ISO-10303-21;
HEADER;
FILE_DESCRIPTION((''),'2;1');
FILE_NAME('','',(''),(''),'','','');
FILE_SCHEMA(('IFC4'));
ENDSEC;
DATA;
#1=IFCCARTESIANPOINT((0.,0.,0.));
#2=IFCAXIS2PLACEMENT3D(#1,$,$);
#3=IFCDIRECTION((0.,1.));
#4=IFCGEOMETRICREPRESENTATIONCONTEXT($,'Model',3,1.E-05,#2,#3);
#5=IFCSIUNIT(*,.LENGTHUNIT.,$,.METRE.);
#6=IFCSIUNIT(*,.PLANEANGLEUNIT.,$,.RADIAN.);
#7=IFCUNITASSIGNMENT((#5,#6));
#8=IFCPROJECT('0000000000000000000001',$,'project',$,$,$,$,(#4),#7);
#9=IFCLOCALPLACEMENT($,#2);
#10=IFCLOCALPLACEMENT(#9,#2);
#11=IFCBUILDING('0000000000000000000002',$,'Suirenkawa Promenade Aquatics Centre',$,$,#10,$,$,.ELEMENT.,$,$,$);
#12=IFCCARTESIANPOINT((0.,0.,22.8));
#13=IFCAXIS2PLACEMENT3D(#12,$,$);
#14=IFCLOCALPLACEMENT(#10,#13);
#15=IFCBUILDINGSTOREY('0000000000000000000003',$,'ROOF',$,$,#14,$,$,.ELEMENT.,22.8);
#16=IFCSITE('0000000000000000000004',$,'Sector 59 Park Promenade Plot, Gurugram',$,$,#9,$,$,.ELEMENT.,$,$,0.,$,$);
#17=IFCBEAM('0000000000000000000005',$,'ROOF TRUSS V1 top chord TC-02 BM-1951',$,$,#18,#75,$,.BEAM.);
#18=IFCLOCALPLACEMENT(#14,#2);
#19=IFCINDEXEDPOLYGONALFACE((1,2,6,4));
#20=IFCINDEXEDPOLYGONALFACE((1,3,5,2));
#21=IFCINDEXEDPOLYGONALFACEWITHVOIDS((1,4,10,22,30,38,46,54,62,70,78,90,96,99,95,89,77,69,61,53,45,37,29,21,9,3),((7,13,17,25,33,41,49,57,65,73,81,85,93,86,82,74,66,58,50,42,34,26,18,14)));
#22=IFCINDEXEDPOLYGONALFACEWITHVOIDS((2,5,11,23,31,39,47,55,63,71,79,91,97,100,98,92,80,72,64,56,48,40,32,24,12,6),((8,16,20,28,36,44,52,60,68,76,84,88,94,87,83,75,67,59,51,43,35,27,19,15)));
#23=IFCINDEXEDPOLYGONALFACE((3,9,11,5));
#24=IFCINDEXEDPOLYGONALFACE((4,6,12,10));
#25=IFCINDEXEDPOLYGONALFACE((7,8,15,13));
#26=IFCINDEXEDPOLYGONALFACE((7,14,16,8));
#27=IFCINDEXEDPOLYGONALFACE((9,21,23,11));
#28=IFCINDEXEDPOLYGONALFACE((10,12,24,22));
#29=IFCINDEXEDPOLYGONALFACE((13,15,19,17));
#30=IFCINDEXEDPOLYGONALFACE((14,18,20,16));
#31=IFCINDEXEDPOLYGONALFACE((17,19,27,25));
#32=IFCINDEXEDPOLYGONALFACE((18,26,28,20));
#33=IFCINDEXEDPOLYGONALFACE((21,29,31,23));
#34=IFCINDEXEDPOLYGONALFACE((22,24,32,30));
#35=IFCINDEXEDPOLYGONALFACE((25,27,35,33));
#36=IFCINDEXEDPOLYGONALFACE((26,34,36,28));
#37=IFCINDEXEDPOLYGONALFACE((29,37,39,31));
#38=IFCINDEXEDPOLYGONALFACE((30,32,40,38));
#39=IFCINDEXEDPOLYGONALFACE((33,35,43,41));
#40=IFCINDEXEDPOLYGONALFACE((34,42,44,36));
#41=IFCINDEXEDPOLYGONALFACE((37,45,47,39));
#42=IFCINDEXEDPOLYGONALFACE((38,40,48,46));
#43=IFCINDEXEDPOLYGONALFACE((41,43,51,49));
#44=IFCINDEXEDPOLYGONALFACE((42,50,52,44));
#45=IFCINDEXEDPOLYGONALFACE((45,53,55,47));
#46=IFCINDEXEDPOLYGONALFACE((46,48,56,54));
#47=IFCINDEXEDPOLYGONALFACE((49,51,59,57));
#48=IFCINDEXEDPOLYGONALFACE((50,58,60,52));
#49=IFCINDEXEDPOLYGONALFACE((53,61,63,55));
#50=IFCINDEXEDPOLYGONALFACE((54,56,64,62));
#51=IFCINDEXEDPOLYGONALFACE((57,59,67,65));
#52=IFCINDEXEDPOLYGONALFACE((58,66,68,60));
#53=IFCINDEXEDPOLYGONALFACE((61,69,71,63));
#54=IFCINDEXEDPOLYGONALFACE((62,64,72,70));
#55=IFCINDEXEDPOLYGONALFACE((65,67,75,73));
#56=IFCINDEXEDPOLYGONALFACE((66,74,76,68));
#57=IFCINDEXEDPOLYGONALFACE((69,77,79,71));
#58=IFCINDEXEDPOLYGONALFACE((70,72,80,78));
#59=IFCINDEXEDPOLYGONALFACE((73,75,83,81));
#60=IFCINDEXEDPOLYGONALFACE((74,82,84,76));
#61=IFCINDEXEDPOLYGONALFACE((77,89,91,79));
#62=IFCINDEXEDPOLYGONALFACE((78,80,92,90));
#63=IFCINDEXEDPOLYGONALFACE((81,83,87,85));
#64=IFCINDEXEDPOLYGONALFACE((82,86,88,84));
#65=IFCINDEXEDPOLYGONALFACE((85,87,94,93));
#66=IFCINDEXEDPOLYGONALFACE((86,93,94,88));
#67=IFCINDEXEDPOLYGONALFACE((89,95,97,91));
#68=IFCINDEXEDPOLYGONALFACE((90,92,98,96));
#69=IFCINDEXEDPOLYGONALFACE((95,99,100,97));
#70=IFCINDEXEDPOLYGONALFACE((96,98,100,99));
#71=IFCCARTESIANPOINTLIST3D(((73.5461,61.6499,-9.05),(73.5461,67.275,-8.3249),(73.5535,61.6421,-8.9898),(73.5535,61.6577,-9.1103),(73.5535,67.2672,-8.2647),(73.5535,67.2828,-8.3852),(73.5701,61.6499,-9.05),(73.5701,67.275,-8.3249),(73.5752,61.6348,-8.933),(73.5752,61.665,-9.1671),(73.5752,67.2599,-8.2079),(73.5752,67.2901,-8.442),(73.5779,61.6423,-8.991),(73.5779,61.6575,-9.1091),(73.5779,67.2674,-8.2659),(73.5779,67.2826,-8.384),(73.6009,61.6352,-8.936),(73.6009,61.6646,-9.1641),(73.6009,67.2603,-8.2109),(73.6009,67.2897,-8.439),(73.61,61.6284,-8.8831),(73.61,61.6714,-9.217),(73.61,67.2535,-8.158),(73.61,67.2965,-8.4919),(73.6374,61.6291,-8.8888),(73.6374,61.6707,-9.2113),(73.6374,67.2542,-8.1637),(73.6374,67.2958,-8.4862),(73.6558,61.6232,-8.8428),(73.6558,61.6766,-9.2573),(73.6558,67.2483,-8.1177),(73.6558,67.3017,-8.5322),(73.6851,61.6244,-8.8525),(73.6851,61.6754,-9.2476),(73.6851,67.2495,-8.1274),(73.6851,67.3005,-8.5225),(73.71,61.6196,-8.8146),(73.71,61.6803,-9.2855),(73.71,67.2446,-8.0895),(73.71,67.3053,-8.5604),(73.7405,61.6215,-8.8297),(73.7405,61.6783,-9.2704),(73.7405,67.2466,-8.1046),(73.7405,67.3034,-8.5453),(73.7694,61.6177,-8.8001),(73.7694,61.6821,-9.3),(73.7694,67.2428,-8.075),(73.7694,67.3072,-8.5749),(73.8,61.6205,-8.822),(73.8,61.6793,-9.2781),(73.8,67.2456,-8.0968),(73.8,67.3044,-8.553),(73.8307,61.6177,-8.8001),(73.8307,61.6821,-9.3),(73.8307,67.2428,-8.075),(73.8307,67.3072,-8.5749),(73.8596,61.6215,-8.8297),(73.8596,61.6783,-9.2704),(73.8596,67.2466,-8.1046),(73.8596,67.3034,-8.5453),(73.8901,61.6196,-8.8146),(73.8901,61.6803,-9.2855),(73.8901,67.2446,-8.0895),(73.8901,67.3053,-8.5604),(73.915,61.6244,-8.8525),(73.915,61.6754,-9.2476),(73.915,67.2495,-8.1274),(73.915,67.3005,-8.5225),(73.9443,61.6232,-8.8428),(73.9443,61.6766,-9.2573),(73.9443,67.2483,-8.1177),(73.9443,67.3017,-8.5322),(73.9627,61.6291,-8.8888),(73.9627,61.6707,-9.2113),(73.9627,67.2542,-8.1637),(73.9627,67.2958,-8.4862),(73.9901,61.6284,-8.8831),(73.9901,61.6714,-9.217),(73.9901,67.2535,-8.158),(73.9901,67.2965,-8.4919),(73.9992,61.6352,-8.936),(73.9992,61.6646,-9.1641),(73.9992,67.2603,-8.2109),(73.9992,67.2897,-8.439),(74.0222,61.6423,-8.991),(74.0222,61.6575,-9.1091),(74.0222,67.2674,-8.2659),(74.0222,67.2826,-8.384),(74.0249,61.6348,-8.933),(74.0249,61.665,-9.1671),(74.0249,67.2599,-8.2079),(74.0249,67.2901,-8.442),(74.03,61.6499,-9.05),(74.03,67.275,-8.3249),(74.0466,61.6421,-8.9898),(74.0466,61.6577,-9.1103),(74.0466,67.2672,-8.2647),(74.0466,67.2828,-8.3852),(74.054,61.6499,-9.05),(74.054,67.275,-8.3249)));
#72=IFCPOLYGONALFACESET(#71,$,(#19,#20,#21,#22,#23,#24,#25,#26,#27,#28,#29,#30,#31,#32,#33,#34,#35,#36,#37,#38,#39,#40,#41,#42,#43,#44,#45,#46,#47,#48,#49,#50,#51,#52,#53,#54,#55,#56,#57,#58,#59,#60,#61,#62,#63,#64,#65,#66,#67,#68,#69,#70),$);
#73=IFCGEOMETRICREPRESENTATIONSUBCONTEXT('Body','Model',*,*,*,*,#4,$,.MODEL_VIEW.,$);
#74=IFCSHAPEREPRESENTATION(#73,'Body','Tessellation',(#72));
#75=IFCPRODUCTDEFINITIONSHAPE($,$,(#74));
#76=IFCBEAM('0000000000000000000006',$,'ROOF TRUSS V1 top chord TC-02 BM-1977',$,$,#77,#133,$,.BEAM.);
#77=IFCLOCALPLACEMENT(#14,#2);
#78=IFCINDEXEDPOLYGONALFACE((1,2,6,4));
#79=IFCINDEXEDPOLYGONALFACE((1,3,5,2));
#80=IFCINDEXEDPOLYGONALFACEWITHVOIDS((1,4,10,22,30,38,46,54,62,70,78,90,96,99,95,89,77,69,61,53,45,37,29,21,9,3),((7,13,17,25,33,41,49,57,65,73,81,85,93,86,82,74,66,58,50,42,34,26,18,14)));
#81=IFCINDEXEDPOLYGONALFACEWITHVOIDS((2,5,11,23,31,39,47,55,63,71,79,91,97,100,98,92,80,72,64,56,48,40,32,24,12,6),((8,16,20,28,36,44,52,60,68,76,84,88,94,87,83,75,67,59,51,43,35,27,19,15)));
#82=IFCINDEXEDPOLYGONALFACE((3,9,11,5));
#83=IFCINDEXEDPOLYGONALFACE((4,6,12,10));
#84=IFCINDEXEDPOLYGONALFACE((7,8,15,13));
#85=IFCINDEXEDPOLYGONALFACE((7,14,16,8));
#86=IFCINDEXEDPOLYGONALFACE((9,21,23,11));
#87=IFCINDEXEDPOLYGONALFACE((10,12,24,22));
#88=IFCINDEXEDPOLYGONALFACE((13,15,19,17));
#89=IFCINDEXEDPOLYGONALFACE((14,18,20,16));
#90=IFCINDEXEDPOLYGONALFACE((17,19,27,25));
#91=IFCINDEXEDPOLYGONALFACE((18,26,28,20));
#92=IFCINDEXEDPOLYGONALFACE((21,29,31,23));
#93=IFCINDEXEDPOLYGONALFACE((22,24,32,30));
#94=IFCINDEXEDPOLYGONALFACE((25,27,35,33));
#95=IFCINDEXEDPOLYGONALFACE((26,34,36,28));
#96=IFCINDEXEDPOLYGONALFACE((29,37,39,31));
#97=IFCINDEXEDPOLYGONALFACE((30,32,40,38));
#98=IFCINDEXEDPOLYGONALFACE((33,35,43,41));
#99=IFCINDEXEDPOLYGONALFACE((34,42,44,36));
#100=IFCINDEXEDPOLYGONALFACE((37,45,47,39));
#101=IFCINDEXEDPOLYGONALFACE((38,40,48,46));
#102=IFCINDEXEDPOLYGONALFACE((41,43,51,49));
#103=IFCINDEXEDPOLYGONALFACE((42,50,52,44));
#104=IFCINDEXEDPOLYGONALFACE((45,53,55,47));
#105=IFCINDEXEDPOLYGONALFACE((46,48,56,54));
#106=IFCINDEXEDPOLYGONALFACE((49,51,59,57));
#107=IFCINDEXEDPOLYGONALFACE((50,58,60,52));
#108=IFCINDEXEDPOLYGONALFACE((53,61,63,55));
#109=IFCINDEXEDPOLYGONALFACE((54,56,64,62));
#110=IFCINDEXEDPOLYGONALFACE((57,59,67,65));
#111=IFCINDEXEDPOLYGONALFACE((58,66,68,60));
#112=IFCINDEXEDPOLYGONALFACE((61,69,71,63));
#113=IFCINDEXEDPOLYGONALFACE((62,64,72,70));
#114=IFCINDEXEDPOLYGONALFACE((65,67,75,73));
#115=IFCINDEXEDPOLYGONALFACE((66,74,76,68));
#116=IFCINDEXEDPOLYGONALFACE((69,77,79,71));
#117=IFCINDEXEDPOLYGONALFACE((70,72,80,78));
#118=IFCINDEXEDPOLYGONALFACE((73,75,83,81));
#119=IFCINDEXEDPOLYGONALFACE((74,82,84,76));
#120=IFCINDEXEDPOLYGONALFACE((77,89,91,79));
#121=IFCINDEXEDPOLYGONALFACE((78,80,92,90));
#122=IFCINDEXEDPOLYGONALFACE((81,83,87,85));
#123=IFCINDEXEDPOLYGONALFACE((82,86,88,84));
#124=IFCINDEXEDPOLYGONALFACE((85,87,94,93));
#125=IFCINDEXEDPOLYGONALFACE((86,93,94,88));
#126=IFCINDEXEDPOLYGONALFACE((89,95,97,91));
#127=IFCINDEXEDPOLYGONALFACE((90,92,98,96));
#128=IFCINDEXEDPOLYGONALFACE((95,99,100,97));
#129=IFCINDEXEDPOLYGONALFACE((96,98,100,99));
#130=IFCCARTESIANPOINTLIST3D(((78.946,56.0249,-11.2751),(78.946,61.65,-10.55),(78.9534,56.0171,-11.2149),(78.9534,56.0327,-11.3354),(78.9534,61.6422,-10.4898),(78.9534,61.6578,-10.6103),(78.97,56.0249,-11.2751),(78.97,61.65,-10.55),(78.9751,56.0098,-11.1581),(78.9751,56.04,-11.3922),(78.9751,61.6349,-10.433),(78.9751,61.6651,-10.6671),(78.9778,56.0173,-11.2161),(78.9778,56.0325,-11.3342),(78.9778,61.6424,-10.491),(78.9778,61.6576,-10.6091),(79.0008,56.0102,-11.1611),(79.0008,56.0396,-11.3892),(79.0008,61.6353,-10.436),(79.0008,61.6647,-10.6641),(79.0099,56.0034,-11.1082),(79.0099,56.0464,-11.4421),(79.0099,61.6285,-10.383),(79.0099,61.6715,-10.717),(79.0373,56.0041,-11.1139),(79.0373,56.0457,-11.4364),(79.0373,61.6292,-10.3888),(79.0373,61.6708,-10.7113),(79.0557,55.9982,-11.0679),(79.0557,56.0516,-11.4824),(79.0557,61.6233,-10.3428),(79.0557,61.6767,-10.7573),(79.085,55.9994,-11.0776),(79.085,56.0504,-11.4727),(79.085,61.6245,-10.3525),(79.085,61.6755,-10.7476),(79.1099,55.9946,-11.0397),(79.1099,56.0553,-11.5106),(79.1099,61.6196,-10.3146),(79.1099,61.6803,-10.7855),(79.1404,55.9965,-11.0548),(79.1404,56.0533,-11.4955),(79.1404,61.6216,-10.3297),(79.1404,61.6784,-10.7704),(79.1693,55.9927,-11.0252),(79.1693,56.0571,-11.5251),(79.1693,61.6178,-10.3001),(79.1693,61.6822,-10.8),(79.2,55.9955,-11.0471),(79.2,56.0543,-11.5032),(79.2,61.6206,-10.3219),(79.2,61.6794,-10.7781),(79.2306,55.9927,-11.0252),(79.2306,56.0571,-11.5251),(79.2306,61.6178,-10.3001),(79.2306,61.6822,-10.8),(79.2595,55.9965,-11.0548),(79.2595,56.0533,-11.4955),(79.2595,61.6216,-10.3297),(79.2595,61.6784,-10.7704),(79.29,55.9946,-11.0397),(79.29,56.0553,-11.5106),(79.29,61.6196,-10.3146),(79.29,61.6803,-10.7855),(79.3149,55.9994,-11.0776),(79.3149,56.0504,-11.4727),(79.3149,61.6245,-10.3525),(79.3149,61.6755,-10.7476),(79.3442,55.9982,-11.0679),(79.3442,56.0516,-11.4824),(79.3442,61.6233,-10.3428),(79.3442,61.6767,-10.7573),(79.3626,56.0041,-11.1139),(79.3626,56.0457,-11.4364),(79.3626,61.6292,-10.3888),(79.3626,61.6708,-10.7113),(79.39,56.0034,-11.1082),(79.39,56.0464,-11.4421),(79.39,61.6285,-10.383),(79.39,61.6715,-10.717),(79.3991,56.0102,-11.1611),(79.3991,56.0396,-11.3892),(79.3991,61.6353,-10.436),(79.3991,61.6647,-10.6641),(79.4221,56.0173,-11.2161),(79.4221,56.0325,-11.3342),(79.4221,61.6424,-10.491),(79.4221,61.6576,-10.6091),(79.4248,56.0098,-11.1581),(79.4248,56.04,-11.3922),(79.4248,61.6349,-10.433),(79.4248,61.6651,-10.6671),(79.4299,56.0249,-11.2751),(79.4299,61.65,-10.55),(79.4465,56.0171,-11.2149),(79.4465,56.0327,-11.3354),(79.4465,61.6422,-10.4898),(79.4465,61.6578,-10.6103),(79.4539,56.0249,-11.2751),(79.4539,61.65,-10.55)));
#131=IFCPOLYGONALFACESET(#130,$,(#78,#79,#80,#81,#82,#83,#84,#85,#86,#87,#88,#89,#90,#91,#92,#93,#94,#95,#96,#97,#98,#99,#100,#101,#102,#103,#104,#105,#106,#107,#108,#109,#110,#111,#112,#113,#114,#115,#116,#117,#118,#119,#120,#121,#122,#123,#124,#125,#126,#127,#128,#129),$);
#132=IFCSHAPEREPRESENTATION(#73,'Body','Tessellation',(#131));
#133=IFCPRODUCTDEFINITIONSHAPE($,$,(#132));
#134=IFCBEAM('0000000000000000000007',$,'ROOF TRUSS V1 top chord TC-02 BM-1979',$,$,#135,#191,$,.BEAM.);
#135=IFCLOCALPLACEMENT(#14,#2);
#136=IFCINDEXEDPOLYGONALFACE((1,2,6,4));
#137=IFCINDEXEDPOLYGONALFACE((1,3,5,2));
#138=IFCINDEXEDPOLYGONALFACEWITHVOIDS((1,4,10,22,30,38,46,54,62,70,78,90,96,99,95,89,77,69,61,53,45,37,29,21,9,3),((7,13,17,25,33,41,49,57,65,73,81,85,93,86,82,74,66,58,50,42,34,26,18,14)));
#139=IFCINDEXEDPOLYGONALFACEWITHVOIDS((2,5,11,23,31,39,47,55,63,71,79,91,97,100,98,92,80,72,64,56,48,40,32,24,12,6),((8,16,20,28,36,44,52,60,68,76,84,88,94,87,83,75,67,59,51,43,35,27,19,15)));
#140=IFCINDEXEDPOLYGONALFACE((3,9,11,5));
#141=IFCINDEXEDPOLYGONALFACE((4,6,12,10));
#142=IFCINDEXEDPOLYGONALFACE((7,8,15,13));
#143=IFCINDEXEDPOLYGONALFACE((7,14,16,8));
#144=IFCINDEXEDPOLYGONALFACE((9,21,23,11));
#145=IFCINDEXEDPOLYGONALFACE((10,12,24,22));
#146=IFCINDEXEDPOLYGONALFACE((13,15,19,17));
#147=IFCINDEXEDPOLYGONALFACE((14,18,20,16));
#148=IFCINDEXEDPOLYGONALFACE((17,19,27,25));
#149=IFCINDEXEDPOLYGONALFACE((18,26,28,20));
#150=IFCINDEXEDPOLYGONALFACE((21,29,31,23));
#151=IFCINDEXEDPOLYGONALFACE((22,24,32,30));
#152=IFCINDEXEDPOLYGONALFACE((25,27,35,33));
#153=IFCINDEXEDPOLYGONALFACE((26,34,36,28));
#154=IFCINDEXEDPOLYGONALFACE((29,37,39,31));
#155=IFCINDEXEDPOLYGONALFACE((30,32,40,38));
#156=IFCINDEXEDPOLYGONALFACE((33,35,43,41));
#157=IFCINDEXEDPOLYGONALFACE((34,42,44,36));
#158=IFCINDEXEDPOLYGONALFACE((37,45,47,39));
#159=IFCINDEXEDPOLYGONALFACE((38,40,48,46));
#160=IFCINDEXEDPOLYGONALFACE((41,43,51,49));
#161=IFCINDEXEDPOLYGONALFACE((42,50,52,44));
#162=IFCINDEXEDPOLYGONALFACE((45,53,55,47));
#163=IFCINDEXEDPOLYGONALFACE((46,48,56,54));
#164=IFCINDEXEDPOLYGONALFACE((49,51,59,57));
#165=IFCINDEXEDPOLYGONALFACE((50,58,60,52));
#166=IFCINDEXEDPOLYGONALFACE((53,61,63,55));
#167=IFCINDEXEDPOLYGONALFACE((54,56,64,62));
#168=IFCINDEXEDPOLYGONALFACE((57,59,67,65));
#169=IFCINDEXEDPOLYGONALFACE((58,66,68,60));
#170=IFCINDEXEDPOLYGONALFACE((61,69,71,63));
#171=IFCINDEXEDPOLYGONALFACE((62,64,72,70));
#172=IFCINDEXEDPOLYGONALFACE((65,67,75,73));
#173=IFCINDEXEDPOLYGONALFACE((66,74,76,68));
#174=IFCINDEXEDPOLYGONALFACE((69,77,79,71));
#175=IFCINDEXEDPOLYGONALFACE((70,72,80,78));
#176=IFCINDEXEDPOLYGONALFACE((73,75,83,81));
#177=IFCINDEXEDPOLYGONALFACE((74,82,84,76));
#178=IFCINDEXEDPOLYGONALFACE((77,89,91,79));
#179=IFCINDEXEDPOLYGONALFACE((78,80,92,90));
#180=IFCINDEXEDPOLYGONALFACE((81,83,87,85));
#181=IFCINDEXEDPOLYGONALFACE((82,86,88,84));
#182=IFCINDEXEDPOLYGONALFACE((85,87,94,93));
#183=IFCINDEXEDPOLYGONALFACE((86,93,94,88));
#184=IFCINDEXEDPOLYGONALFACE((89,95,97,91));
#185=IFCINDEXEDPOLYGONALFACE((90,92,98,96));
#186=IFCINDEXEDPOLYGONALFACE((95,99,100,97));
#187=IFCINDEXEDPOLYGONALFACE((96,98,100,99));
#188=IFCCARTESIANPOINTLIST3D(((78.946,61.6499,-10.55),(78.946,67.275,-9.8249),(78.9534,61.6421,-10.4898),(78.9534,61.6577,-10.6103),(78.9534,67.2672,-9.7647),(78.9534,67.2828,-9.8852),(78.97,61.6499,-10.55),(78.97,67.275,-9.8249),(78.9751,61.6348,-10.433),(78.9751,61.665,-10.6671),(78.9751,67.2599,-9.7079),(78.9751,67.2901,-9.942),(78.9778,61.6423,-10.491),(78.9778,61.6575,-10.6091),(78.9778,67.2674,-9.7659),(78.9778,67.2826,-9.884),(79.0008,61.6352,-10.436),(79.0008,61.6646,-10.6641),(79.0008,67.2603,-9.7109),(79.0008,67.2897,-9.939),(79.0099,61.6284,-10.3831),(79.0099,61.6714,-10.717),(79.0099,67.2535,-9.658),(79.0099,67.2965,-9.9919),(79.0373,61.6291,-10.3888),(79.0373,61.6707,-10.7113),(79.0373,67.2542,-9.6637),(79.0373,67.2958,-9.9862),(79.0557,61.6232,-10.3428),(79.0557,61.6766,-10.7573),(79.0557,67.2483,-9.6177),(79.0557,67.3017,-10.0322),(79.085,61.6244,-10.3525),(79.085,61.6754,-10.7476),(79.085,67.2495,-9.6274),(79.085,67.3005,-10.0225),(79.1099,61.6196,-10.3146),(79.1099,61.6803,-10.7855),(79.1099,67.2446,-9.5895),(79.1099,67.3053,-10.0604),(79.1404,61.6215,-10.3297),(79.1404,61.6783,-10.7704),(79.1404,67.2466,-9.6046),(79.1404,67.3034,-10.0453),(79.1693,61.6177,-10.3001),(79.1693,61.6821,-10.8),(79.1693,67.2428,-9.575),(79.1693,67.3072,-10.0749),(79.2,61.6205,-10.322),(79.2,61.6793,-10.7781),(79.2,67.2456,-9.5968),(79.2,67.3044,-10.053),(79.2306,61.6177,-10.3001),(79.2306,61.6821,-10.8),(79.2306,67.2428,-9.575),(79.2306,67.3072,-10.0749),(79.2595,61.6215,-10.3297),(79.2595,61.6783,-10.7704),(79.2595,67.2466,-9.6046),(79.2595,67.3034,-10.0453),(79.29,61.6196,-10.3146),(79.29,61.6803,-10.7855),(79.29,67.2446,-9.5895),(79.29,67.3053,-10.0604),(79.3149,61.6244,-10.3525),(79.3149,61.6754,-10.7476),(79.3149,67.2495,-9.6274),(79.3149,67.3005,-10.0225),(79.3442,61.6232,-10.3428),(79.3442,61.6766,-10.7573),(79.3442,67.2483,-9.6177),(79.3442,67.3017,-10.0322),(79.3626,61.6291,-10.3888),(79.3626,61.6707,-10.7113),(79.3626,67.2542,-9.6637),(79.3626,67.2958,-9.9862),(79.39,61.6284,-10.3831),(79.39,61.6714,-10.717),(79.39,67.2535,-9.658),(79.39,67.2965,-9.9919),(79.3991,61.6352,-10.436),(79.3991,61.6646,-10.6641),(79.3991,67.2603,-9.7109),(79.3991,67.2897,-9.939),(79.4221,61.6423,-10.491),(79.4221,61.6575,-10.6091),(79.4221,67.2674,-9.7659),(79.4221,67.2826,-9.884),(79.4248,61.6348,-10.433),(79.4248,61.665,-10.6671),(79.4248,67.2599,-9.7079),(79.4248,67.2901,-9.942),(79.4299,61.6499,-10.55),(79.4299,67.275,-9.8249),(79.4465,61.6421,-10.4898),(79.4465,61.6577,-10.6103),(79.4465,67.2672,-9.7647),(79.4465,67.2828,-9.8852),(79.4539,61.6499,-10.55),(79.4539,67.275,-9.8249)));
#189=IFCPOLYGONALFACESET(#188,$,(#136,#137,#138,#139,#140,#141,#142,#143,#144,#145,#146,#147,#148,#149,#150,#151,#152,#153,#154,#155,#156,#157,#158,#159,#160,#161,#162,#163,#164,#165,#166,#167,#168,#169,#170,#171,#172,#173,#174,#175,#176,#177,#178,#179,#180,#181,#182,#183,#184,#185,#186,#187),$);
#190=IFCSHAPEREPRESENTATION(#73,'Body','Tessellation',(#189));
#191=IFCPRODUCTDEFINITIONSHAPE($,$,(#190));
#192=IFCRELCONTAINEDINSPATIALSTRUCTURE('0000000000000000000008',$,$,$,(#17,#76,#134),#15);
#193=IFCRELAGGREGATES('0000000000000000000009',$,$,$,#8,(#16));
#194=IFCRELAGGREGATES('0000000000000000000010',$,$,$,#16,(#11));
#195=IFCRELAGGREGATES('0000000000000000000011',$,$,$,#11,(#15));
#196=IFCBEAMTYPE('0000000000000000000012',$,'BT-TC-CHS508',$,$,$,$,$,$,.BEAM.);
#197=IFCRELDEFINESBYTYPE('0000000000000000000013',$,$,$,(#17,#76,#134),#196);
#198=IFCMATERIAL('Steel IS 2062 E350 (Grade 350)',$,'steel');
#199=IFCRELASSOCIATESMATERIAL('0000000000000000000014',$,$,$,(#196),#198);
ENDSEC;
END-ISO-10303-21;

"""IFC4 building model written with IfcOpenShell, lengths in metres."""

from ifc_helpers import new_model, si_unit, direction, frame, origin, origin_2d, place, context, subcontext, project, spatial, hollow_circle, extrude, material, material_profile, profile_set, type_object, element, save


model = new_model("IFC4")

# Units and contexts
model_context = context("Model", 3, precision=1e-05, world=origin(), true_north=direction((0.0, 1.0)))
body_context = subcontext(model_context, "Body", "Model", "MODEL_VIEW")
ifc_project = project(units=[si_unit("LENGTHUNIT", "METRE"), si_unit("PLANEANGLEUNIT", "RADIAN")], contexts=[model_context])

# Site, building, storey
site_placement = place(None, origin())
site = spatial("IfcSite", under=ifc_project, at=site_placement, Name="Sector 59 Park Promenade Plot, Gurugram", CompositionType="ELEMENT", RefElevation=0.0)
building_placement = place(site_placement, origin())
building = spatial("IfcBuilding", under=site, at=building_placement, Name="Suirenkawa Promenade Aquatics Centre", CompositionType="ELEMENT")
storey_placement = place(building_placement, frame((0.0, 0.0, 22.8)))
storey = spatial("IfcBuildingStorey", under=building, at=storey_placement, Name="ROOF", CompositionType="ELEMENT", Elevation=22.8)

# Beams
ifc_material = material(Name="Steel IS 2062 E350 (Grade 350)", Category="steel")
ifc_material_profile_1 = material_profile(ifc_material, hollow_circle(Radius=0.2539, WallThickness=0.0239, at=origin_2d()), Name="CHS 508x24", Category="steel")
ifc_profile_set_1 = profile_set([ifc_material_profile_1], Name="Steel IS 2062 E350 (Grade 350)")
beam_type_1 = type_object("IfcBeamType", Name="BT-TC-CHS508", PredefinedType="BEAM", material=ifc_profile_set_1)
for number, where, z_axis, x_axis, name in (
    (1, (73.8, 61.6499, -9.05), (0.0, 0.991794, 0.127848), (-1.0, 0.0, 0.0), "ROOF TRUSS V1 top chord TC-02 BM-1951"),
    (2, (79.2, 56.0249, -11.2751), (0.0, 0.991794, 0.127848), (-1.0, 0.0, 0.0), "ROOF TRUSS V1 top chord TC-02 BM-1977"),
    (3, (79.2, 61.6499, -10.55), (0.0, 0.991794, 0.127848), (-1.0, 0.0, 0.0), "ROOF TRUSS V1 top chord TC-02 BM-1979"),
):
    element("IfcBeam", number, at=place(storey_placement, frame(where, z_axis=z_axis, x_axis=x_axis)), inside=storey, type_object=beam_type_1, Name=name, PredefinedType="BEAM", context=body_context, shape_type="SweptSolid", body=[
        extrude(hollow_circle(Radius=0.2539, WallThickness=0.0239, at=origin_2d()), origin(), (0.0, 0.0, 1.0), 5.6716),
    ])

save(model, "model.ifc")
